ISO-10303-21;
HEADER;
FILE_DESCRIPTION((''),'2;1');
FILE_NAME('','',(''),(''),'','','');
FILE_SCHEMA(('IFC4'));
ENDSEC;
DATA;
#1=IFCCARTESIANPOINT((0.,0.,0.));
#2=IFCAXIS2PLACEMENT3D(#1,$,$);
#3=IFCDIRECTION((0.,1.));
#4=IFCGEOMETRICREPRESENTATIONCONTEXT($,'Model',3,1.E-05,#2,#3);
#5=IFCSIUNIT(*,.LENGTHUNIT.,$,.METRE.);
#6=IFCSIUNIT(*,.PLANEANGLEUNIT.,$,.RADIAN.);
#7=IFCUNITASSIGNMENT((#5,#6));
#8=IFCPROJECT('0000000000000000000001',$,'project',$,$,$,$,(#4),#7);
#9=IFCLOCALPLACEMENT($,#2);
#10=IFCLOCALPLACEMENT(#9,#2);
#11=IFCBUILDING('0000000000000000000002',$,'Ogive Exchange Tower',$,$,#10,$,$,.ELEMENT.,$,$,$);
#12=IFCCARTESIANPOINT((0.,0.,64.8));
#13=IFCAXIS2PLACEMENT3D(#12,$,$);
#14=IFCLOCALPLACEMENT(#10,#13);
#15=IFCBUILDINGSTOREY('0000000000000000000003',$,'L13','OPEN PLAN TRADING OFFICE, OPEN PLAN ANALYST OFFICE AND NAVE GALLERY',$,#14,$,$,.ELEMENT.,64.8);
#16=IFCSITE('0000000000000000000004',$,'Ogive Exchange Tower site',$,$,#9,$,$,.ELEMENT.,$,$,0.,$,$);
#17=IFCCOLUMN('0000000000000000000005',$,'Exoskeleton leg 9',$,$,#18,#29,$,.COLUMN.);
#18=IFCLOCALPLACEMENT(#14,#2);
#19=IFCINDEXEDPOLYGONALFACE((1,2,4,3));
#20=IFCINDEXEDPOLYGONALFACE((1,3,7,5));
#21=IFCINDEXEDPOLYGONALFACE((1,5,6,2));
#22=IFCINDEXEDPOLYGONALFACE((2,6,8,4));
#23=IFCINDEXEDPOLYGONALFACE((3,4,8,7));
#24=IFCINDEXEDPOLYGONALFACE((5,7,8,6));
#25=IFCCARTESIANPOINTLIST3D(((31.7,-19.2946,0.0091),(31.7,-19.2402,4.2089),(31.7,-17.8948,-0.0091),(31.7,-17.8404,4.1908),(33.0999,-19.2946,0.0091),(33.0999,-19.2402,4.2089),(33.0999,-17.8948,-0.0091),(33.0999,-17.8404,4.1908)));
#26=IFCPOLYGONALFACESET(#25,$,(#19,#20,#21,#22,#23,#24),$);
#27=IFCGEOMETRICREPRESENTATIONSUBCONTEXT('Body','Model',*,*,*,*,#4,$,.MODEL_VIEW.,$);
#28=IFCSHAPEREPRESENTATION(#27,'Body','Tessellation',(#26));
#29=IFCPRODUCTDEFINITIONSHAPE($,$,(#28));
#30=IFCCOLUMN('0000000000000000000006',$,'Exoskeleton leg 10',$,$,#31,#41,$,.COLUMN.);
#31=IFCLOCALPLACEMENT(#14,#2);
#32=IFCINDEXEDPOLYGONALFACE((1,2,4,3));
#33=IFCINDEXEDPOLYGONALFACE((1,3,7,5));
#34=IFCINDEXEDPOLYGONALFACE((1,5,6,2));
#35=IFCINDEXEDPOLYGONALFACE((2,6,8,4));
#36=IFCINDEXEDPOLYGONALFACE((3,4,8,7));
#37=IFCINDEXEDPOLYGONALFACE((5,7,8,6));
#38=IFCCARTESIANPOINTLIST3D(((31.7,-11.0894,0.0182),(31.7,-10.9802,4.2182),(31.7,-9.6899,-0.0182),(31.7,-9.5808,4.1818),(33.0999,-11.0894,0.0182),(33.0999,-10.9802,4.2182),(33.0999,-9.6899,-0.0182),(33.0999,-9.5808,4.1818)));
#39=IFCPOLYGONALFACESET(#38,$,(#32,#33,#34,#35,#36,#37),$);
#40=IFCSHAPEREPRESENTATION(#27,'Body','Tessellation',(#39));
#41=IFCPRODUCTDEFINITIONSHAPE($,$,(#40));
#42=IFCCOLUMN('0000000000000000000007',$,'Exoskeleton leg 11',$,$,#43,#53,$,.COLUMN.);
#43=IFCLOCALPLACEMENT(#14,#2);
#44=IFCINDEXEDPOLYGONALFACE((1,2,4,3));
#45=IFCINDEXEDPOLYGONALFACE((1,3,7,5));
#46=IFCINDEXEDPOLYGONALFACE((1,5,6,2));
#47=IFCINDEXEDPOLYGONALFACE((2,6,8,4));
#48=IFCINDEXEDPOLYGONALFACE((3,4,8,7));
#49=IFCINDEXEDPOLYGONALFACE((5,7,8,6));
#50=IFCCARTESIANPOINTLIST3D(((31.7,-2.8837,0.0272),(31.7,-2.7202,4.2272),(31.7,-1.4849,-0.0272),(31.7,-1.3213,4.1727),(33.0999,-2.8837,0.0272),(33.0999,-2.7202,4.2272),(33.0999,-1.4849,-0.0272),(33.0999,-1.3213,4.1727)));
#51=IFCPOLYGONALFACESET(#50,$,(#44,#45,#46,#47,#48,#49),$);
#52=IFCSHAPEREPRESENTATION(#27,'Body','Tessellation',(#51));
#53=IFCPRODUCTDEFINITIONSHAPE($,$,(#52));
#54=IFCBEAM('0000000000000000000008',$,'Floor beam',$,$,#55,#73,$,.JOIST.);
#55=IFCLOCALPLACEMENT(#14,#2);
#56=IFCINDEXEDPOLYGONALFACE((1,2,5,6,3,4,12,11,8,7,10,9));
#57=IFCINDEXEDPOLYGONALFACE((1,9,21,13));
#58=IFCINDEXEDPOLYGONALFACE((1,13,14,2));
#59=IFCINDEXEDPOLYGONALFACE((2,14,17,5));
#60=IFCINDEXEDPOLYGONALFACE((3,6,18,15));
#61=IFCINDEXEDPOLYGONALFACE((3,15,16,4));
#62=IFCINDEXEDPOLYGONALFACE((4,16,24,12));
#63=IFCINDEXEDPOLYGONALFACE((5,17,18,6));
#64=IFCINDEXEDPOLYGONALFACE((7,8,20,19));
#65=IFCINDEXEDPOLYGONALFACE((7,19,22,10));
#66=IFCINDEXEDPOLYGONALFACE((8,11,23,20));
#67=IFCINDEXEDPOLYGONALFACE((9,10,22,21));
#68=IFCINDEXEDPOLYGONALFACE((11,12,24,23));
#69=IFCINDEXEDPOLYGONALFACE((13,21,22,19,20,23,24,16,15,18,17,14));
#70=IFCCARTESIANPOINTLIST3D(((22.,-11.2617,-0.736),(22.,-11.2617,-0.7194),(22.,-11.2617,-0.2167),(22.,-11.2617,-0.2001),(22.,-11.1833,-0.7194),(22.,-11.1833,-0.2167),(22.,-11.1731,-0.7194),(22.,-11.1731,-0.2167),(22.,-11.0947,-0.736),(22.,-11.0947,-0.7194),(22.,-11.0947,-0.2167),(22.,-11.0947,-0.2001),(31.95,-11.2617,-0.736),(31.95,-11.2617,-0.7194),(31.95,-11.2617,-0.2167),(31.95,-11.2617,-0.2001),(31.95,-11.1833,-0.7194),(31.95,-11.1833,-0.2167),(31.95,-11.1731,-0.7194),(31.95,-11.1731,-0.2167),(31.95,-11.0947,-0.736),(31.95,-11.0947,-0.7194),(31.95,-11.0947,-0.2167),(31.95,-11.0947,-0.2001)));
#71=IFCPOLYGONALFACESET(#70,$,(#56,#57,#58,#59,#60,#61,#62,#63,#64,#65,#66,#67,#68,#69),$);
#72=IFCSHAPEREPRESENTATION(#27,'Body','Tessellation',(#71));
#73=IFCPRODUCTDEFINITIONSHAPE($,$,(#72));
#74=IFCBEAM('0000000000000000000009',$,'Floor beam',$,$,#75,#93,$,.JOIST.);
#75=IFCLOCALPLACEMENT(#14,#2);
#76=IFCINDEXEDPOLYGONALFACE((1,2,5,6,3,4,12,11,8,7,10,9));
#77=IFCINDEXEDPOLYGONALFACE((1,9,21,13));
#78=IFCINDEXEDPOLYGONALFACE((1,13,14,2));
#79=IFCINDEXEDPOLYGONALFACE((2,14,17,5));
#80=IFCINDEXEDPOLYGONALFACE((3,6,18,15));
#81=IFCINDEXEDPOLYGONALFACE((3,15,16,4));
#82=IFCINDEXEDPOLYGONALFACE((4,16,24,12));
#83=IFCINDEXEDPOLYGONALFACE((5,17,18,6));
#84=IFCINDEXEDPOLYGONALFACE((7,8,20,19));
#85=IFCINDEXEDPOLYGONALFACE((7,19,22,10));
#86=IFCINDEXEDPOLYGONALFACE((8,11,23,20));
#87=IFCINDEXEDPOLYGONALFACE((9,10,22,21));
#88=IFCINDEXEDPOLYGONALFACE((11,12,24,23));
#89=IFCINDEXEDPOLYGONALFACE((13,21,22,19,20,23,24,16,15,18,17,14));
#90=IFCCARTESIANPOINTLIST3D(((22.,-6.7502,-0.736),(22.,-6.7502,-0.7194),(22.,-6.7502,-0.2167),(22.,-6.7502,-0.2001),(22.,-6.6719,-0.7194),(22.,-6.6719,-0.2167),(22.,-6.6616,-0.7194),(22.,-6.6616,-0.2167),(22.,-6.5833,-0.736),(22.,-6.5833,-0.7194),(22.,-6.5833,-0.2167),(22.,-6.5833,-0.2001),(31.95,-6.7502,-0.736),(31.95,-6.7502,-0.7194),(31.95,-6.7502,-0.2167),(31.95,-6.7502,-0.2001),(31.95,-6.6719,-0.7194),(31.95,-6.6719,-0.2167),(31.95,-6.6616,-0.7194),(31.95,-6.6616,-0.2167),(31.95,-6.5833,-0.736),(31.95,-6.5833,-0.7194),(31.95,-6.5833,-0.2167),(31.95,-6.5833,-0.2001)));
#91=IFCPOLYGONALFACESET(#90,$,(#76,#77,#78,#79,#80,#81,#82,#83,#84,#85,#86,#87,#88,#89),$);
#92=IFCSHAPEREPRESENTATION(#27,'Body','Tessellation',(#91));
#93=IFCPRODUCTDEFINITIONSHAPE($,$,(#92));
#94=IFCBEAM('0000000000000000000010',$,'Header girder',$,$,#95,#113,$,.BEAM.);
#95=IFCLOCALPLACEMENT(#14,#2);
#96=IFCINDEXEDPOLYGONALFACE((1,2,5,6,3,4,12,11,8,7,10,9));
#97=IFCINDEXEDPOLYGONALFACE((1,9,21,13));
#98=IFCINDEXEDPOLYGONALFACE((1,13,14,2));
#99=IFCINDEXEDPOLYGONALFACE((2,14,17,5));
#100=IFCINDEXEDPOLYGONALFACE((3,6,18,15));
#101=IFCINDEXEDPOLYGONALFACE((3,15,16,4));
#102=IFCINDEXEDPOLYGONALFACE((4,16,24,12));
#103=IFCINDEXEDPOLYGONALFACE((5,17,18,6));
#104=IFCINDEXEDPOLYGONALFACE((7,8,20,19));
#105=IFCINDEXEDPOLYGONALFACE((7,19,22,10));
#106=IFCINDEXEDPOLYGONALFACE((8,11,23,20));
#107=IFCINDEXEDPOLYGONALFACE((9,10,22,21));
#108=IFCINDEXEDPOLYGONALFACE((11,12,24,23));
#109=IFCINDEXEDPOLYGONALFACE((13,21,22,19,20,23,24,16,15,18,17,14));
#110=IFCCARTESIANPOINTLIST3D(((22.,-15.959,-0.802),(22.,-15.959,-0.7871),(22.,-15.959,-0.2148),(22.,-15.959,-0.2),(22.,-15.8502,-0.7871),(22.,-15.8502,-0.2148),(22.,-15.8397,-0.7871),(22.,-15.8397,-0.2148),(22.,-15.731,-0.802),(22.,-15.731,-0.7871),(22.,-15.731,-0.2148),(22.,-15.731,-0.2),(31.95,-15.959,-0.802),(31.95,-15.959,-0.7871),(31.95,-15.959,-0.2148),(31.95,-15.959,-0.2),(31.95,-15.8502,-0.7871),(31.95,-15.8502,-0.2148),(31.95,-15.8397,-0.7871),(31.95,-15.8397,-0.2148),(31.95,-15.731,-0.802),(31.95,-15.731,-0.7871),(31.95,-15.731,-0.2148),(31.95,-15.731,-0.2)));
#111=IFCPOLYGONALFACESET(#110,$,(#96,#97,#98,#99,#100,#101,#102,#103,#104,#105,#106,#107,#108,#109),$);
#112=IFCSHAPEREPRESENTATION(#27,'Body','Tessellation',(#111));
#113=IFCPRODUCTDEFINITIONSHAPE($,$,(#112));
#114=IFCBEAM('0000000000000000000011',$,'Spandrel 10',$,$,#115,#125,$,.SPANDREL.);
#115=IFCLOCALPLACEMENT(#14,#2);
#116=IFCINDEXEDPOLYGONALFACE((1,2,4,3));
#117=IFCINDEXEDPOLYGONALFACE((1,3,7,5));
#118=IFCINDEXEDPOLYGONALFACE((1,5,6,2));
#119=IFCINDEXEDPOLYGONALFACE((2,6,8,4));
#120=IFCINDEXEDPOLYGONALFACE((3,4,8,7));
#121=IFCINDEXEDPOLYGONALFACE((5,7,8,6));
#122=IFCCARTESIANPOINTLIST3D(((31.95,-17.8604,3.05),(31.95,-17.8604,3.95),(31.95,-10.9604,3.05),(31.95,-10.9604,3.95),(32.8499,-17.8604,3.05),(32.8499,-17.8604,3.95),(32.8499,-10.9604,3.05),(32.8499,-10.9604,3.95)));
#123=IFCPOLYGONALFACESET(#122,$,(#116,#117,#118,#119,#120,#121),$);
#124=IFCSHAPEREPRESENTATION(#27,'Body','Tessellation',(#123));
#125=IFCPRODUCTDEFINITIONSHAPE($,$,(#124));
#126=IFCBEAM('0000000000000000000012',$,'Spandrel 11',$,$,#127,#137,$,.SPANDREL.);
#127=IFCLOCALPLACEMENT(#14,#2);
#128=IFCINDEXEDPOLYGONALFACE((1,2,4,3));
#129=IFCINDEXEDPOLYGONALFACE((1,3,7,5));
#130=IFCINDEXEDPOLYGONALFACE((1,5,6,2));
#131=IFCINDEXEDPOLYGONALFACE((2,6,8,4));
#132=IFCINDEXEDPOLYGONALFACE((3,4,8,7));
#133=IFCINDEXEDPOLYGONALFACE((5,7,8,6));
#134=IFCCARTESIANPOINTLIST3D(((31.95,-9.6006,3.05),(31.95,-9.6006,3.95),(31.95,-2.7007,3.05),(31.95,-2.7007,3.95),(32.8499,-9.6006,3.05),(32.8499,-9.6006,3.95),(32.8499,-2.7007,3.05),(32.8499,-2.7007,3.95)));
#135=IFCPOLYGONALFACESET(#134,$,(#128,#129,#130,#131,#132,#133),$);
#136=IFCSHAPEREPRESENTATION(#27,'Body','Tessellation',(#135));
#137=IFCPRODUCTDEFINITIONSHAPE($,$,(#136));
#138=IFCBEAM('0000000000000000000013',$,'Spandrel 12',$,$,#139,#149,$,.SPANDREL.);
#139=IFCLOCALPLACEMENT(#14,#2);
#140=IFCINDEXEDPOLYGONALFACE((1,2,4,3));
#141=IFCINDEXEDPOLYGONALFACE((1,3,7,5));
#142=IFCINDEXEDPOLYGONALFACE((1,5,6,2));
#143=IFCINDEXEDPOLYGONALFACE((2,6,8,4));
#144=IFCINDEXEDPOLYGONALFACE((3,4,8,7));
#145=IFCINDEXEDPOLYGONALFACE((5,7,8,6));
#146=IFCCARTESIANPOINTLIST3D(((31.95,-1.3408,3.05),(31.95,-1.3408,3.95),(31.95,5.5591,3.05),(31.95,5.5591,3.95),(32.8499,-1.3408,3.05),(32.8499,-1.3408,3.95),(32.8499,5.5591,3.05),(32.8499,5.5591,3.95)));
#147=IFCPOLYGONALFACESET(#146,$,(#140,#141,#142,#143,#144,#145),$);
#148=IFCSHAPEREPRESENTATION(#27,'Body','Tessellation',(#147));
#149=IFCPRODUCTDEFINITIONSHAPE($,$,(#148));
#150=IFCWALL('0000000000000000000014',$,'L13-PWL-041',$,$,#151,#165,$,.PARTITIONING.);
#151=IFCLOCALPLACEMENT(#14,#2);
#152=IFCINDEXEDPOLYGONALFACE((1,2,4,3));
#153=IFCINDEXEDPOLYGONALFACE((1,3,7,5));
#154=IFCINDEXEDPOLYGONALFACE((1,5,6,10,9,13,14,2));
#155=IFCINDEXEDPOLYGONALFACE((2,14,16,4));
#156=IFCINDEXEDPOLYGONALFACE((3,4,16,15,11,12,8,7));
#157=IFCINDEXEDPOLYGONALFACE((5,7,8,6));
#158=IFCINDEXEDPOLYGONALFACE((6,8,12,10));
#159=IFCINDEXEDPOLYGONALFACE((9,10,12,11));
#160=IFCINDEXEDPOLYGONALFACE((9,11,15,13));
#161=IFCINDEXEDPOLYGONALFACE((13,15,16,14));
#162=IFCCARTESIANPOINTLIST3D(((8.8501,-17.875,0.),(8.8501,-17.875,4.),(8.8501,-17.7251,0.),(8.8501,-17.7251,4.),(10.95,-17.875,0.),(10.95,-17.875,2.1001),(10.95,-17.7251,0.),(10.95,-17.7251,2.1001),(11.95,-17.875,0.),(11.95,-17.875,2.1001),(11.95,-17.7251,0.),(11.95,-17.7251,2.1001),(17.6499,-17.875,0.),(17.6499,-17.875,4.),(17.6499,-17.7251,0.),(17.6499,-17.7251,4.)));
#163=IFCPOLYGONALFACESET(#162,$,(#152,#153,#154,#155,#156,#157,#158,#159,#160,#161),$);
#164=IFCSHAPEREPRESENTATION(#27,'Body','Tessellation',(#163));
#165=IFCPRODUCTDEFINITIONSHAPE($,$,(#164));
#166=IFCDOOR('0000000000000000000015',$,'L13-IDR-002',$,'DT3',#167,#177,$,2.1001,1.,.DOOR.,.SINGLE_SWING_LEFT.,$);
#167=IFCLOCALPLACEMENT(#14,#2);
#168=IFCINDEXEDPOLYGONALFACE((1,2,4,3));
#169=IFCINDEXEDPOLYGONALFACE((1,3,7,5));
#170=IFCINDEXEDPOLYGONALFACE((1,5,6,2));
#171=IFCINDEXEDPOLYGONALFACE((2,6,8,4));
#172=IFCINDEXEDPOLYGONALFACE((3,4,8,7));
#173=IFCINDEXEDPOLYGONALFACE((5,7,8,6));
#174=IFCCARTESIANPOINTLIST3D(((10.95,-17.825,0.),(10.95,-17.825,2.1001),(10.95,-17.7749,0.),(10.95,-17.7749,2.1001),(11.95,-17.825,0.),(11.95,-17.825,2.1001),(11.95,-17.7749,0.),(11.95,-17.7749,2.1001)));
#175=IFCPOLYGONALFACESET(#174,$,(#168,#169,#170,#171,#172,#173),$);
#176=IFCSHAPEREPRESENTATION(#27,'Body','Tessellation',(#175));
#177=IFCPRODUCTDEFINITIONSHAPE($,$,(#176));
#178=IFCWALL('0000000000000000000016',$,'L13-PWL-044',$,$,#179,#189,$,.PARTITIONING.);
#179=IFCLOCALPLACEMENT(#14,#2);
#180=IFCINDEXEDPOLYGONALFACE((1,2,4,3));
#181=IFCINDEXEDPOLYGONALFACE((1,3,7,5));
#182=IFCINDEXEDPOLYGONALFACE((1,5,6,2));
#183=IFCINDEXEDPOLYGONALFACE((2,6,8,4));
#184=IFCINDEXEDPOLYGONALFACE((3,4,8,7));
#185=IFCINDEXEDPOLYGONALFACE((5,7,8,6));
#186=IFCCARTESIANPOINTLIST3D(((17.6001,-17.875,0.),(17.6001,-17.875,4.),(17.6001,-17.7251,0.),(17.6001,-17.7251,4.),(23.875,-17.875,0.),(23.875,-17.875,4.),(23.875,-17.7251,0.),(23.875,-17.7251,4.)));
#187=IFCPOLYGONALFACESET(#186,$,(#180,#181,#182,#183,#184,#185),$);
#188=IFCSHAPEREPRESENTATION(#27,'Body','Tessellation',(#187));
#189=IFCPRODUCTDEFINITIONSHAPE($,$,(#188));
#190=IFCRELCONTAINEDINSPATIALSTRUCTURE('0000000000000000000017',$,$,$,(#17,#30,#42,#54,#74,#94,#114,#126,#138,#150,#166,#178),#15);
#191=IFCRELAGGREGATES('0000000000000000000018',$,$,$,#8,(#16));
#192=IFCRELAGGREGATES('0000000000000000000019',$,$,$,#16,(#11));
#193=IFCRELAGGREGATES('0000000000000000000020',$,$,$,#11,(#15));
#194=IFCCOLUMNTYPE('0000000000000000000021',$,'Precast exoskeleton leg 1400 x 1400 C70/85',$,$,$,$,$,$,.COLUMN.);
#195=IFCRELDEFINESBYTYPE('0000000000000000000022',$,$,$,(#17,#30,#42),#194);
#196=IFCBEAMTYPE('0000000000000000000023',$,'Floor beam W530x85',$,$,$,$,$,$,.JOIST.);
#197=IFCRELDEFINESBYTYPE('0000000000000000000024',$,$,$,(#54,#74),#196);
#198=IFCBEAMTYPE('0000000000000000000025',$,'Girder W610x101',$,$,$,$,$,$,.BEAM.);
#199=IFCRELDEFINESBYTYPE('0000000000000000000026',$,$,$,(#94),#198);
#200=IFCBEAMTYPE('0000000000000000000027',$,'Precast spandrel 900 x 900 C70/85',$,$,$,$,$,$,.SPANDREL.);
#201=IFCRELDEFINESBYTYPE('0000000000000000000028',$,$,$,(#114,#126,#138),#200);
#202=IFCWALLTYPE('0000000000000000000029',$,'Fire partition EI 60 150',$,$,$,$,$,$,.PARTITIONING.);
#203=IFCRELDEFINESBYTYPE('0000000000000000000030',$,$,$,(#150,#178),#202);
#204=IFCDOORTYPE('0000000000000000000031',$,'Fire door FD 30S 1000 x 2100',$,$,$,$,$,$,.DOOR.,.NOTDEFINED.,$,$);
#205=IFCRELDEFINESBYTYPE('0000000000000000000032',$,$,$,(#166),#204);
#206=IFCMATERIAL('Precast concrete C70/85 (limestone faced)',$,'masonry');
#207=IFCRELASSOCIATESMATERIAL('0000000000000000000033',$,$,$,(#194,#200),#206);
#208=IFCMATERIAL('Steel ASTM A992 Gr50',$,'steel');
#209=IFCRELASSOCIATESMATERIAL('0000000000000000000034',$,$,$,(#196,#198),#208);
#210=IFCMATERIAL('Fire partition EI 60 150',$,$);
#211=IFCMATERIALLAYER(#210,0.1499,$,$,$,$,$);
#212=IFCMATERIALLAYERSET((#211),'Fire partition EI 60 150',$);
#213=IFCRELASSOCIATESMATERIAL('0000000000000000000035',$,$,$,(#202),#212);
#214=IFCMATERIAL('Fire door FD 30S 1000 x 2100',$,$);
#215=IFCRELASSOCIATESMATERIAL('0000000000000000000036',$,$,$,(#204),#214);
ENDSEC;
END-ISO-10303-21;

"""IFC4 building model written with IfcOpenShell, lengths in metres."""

from ifc_helpers import new_model, si_unit, direction, frame, frame_2d, origin, origin_2d, place, context, subcontext, project, spatial, rectangle, i_section, extrude, material, layer, layer_set, material_profile, profile_set, type_object, element, fill, save


model = new_model("IFC4")

# Units and contexts
model_context = context("Model", 3, precision=1e-05, world=origin(), true_north=direction((0.0, 1.0)))
body_context = subcontext(model_context, "Body", "Model", "MODEL_VIEW")
ifc_project = project(units=[si_unit("LENGTHUNIT", "METRE"), si_unit("PLANEANGLEUNIT", "RADIAN")], contexts=[model_context])

# Site, building, storey
site_placement = place(None, origin())
site = spatial("IfcSite", under=ifc_project, at=site_placement, Name="Ogive Exchange Tower site", CompositionType="ELEMENT", RefElevation=0.0)
building_placement = place(site_placement, origin())
building = spatial("IfcBuilding", under=site, at=building_placement, Name="Ogive Exchange Tower", CompositionType="ELEMENT")
storey_placement = place(building_placement, frame((0.0, 0.0, 64.8)))
storey = spatial("IfcBuildingStorey", under=building, at=storey_placement, Name="L13", Description="OPEN PLAN TRADING OFFICE, OPEN PLAN ANALYST OFFICE AND NAVE GALLERY", CompositionType="ELEMENT", Elevation=64.8)

# Columns
ifc_material_1 = material(Name="Precast concrete C70/85 (limestone faced)", Category="masonry")
ifc_material_profile_1 = material_profile(ifc_material_1, rectangle(XDim=1.3999, YDim=1.3999, at=origin_2d()), Name="1400 x 1400")
ifc_profile_set_1 = profile_set([ifc_material_profile_1], Name="Precast concrete C70/85 (limestone faced)")
column_type = type_object("IfcColumnType", Name="Precast exoskeleton leg 1400 x 1400 C70/85", PredefinedType="COLUMN", material=ifc_profile_set_1)
column_1_placement = place(storey_placement, frame((32.3999, -18.5947, 0.0), z_axis=(0.0, 0.012962, 0.999916), x_axis=(-1.0, 0.0, 0.0)))
element("IfcColumn", 1, at=column_1_placement, inside=storey, type_object=column_type, Name="Exoskeleton leg 9", PredefinedType="COLUMN", context=body_context, shape_type="SweptSolid", body=[
    extrude(rectangle(XDim=1.3999, YDim=1.3999, at=origin_2d()), origin(), (0.0, 0.0, 1.0), 4.2002),
])
column_2_placement = place(storey_placement, frame((32.3999, -10.3896, 0.0), z_axis=(0.0, 0.025975, 0.999663), x_axis=(-1.0, 0.0, 0.0)))
element("IfcColumn", 2, at=column_2_placement, inside=storey, type_object=column_type, Name="Exoskeleton leg 10", PredefinedType="COLUMN", context=body_context, shape_type="SweptSolid", body=[
    extrude(rectangle(XDim=1.3999, YDim=1.3999, at=origin_2d()), origin(), (0.0, 0.0, 1.0), 4.2014),
])
column_3_placement = place(storey_placement, frame((32.3999, -2.1843, 0.0), z_axis=(0.0, 0.038917, 0.999242), x_axis=(-1.0, 0.0, 0.0)))
element("IfcColumn", 3, at=column_3_placement, inside=storey, type_object=column_type, Name="Exoskeleton leg 11", PredefinedType="COLUMN", context=body_context, shape_type="SweptSolid", body=[
    extrude(rectangle(XDim=1.3999, YDim=1.3999, at=origin_2d()), origin(), (0.0, 0.0, 1.0), 4.2031),
])

# Beams
ifc_material_2 = material(Name="Steel ASTM A992 Gr50", Category="steel")
ifc_material_profile_2 = material_profile(ifc_material_2, i_section(OverallWidth=0.167, OverallDepth=0.5359, WebThickness=0.0103, FlangeThickness=0.0166, at=origin_2d()), Name="W530x85")
ifc_profile_set_2 = profile_set([ifc_material_profile_2], Name="Steel ASTM A992 Gr50")
beam_type_1 = type_object("IfcBeamType", Name="Floor beam W530x85", PredefinedType="JOIST", material=ifc_profile_set_2)
for number, where, z_axis, x_axis, name in (
    (4, (22.0, -11.1782, -0.468), (1.0, 0.0, 0.0), (0.0, 1.0, 0.0), "Floor beam"),
    (5, (22.0, -6.6667, -0.468), (1.0, 0.0, 0.0), (0.0, 1.0, 0.0), "Floor beam"),
):
    element("IfcBeam", number, at=place(storey_placement, frame(where, z_axis=z_axis, x_axis=x_axis)), inside=storey, type_object=beam_type_1, Name=name, PredefinedType="JOIST", context=body_context, shape_type="SweptSolid", body=[
        extrude(i_section(OverallWidth=0.167, OverallDepth=0.5359, WebThickness=0.0103, FlangeThickness=0.0166, at=origin_2d()), origin(), (0.0, 0.0, 1.0), 9.95),
    ])
ifc_material_profile_3 = material_profile(ifc_material_2, i_section(OverallWidth=0.228, OverallDepth=0.6021, WebThickness=0.0105, FlangeThickness=0.0149, at=origin_2d()), Name="W610x101")
ifc_profile_set_3 = profile_set([ifc_material_profile_3], Name="Steel ASTM A992 Gr50")
beam_type_2 = type_object("IfcBeamType", Name="Girder W610x101", PredefinedType="BEAM", material=ifc_profile_set_3)
beam_placement = place(storey_placement, frame((22.0, -15.845, -0.501), z_axis=(1.0, 0.0, 0.0), x_axis=(0.0, 1.0, 0.0)))
element("IfcBeam", 6, at=beam_placement, inside=storey, type_object=beam_type_2, Name="Header girder", PredefinedType="BEAM", context=body_context, shape_type="SweptSolid", body=[
    extrude(i_section(OverallWidth=0.228, OverallDepth=0.6021, WebThickness=0.0105, FlangeThickness=0.0149, at=origin_2d()), origin(), (0.0, 0.0, 1.0), 9.95),
])
ifc_material_profile_4 = material_profile(ifc_material_1, rectangle(XDim=0.8999, YDim=0.8999, at=origin_2d()), Name="900 x 900")
ifc_profile_set_4 = profile_set([ifc_material_profile_4], Name="Precast concrete C70/85 (limestone faced)")
beam_type_3 = type_object("IfcBeamType", Name="Precast spandrel 900 x 900 C70/85", PredefinedType="SPANDREL", material=ifc_profile_set_4)
for number, where, z_axis, x_axis, name in (
    (7, (32.3999, -17.8604, 3.5), (0.0, 1.0, 0.0), (-1.0, 0.0, 0.0), "Spandrel 10"),
    (8, (32.3999, -9.6006, 3.5), (0.0, 1.0, 0.0), (-1.0, 0.0, 0.0), "Spandrel 11"),
    (9, (32.3999, -1.3408, 3.5), (0.0, 1.0, 0.0), (-1.0, 0.0, 0.0), "Spandrel 12"),
):
    element("IfcBeam", number, at=place(storey_placement, frame(where, z_axis=z_axis, x_axis=x_axis)), inside=storey, type_object=beam_type_3, Name=name, PredefinedType="SPANDREL", context=body_context, shape_type="SweptSolid", body=[
        extrude(rectangle(XDim=0.8999, YDim=0.8999, at=origin_2d()), origin(), (0.0, 0.0, 1.0), 6.8999),
    ])

# Wall, opening, door
ifc_material_3 = material(Name="Fire partition EI 60 150")
ifc_layer_1 = layer(ifc_material_3, 0.1499)
ifc_layer_set_1 = layer_set([ifc_layer_1], Name="Fire partition EI 60 150")
wall_type_1 = type_object("IfcWallType", Name="Fire partition EI 60 150", PredefinedType="PARTITIONING", material=ifc_layer_set_1)
wall_1_placement = place(storey_placement, frame((17.6499, -17.8, 0.0), z_axis=(0.0, 0.0, 1.0), x_axis=(-1.0, 0.0, 0.0)))
wall_1 = element("IfcWall", 10, at=wall_1_placement, inside=storey, type_object=wall_type_1, Name="L13-PWL-041", PredefinedType="PARTITIONING", context=body_context, shape_type="SweptSolid", body=[
    extrude(rectangle(XDim=8.7998, YDim=0.1499, at=frame_2d((4.3999, 0.0))), origin(), (0.0, 0.0, 1.0), 4.0),
])
opening_1_placement = place(wall_1_placement, frame((5.7, 0.0, 0.0)))
opening_1 = element("IfcOpeningElement", 11, at=opening_1_placement, cuts=wall_1, PredefinedType="OPENING", context=body_context, shape_type="SweptSolid", body=[
    extrude(rectangle(XDim=1.0, YDim=2.1001, at=frame_2d((0.5, 1.05))), frame((0.0, 0.085, 0.0), z_axis=(0.0, -1.0, 0.0), x_axis=(1.0, 0.0, 0.0)), (0.0, 0.0, 1.0), 0.1699),
])
ifc_material_4 = material(Name="Fire door FD 30S 1000 x 2100")
door_type_1 = type_object("IfcDoorType", Name="Fire door FD 30S 1000 x 2100", OperationType="NOTDEFINED", PredefinedType="DOOR", material=ifc_material_4)
door_1_placement = place(opening_1_placement, origin())
door_1 = element("IfcDoor", 12, at=door_1_placement, inside=storey, type_object=door_type_1, Name="L13-IDR-002", ObjectType="DT3", OperationType="SINGLE_SWING_LEFT", OverallHeight=2.1001, OverallWidth=1.0, PredefinedType="DOOR", context=body_context, shape_type="SweptSolid", body=[
    extrude(rectangle(XDim=1.0, YDim=2.1001, at=frame_2d((0.5, 1.05))), frame((0.0, 0.0249, 0.0), z_axis=(0.0, -1.0, 0.0), x_axis=(1.0, 0.0, 0.0)), (0.0, 0.0, 1.0), 0.05),
])
fill(opening_1, door_1)

# Wall
wall_2_placement = place(storey_placement, frame((23.875, -17.8, 0.0), z_axis=(0.0, 0.0, 1.0), x_axis=(-1.0, 0.0, 0.0)))
element("IfcWall", 13, at=wall_2_placement, inside=storey, type_object=wall_type_1, Name="L13-PWL-044", PredefinedType="PARTITIONING", context=body_context, shape_type="SweptSolid", body=[
    extrude(rectangle(XDim=6.2749, YDim=0.1499, at=frame_2d((3.1375, 0.0))), origin(), (0.0, 0.0, 1.0), 4.0),
])

save(model, "model.ifc")
